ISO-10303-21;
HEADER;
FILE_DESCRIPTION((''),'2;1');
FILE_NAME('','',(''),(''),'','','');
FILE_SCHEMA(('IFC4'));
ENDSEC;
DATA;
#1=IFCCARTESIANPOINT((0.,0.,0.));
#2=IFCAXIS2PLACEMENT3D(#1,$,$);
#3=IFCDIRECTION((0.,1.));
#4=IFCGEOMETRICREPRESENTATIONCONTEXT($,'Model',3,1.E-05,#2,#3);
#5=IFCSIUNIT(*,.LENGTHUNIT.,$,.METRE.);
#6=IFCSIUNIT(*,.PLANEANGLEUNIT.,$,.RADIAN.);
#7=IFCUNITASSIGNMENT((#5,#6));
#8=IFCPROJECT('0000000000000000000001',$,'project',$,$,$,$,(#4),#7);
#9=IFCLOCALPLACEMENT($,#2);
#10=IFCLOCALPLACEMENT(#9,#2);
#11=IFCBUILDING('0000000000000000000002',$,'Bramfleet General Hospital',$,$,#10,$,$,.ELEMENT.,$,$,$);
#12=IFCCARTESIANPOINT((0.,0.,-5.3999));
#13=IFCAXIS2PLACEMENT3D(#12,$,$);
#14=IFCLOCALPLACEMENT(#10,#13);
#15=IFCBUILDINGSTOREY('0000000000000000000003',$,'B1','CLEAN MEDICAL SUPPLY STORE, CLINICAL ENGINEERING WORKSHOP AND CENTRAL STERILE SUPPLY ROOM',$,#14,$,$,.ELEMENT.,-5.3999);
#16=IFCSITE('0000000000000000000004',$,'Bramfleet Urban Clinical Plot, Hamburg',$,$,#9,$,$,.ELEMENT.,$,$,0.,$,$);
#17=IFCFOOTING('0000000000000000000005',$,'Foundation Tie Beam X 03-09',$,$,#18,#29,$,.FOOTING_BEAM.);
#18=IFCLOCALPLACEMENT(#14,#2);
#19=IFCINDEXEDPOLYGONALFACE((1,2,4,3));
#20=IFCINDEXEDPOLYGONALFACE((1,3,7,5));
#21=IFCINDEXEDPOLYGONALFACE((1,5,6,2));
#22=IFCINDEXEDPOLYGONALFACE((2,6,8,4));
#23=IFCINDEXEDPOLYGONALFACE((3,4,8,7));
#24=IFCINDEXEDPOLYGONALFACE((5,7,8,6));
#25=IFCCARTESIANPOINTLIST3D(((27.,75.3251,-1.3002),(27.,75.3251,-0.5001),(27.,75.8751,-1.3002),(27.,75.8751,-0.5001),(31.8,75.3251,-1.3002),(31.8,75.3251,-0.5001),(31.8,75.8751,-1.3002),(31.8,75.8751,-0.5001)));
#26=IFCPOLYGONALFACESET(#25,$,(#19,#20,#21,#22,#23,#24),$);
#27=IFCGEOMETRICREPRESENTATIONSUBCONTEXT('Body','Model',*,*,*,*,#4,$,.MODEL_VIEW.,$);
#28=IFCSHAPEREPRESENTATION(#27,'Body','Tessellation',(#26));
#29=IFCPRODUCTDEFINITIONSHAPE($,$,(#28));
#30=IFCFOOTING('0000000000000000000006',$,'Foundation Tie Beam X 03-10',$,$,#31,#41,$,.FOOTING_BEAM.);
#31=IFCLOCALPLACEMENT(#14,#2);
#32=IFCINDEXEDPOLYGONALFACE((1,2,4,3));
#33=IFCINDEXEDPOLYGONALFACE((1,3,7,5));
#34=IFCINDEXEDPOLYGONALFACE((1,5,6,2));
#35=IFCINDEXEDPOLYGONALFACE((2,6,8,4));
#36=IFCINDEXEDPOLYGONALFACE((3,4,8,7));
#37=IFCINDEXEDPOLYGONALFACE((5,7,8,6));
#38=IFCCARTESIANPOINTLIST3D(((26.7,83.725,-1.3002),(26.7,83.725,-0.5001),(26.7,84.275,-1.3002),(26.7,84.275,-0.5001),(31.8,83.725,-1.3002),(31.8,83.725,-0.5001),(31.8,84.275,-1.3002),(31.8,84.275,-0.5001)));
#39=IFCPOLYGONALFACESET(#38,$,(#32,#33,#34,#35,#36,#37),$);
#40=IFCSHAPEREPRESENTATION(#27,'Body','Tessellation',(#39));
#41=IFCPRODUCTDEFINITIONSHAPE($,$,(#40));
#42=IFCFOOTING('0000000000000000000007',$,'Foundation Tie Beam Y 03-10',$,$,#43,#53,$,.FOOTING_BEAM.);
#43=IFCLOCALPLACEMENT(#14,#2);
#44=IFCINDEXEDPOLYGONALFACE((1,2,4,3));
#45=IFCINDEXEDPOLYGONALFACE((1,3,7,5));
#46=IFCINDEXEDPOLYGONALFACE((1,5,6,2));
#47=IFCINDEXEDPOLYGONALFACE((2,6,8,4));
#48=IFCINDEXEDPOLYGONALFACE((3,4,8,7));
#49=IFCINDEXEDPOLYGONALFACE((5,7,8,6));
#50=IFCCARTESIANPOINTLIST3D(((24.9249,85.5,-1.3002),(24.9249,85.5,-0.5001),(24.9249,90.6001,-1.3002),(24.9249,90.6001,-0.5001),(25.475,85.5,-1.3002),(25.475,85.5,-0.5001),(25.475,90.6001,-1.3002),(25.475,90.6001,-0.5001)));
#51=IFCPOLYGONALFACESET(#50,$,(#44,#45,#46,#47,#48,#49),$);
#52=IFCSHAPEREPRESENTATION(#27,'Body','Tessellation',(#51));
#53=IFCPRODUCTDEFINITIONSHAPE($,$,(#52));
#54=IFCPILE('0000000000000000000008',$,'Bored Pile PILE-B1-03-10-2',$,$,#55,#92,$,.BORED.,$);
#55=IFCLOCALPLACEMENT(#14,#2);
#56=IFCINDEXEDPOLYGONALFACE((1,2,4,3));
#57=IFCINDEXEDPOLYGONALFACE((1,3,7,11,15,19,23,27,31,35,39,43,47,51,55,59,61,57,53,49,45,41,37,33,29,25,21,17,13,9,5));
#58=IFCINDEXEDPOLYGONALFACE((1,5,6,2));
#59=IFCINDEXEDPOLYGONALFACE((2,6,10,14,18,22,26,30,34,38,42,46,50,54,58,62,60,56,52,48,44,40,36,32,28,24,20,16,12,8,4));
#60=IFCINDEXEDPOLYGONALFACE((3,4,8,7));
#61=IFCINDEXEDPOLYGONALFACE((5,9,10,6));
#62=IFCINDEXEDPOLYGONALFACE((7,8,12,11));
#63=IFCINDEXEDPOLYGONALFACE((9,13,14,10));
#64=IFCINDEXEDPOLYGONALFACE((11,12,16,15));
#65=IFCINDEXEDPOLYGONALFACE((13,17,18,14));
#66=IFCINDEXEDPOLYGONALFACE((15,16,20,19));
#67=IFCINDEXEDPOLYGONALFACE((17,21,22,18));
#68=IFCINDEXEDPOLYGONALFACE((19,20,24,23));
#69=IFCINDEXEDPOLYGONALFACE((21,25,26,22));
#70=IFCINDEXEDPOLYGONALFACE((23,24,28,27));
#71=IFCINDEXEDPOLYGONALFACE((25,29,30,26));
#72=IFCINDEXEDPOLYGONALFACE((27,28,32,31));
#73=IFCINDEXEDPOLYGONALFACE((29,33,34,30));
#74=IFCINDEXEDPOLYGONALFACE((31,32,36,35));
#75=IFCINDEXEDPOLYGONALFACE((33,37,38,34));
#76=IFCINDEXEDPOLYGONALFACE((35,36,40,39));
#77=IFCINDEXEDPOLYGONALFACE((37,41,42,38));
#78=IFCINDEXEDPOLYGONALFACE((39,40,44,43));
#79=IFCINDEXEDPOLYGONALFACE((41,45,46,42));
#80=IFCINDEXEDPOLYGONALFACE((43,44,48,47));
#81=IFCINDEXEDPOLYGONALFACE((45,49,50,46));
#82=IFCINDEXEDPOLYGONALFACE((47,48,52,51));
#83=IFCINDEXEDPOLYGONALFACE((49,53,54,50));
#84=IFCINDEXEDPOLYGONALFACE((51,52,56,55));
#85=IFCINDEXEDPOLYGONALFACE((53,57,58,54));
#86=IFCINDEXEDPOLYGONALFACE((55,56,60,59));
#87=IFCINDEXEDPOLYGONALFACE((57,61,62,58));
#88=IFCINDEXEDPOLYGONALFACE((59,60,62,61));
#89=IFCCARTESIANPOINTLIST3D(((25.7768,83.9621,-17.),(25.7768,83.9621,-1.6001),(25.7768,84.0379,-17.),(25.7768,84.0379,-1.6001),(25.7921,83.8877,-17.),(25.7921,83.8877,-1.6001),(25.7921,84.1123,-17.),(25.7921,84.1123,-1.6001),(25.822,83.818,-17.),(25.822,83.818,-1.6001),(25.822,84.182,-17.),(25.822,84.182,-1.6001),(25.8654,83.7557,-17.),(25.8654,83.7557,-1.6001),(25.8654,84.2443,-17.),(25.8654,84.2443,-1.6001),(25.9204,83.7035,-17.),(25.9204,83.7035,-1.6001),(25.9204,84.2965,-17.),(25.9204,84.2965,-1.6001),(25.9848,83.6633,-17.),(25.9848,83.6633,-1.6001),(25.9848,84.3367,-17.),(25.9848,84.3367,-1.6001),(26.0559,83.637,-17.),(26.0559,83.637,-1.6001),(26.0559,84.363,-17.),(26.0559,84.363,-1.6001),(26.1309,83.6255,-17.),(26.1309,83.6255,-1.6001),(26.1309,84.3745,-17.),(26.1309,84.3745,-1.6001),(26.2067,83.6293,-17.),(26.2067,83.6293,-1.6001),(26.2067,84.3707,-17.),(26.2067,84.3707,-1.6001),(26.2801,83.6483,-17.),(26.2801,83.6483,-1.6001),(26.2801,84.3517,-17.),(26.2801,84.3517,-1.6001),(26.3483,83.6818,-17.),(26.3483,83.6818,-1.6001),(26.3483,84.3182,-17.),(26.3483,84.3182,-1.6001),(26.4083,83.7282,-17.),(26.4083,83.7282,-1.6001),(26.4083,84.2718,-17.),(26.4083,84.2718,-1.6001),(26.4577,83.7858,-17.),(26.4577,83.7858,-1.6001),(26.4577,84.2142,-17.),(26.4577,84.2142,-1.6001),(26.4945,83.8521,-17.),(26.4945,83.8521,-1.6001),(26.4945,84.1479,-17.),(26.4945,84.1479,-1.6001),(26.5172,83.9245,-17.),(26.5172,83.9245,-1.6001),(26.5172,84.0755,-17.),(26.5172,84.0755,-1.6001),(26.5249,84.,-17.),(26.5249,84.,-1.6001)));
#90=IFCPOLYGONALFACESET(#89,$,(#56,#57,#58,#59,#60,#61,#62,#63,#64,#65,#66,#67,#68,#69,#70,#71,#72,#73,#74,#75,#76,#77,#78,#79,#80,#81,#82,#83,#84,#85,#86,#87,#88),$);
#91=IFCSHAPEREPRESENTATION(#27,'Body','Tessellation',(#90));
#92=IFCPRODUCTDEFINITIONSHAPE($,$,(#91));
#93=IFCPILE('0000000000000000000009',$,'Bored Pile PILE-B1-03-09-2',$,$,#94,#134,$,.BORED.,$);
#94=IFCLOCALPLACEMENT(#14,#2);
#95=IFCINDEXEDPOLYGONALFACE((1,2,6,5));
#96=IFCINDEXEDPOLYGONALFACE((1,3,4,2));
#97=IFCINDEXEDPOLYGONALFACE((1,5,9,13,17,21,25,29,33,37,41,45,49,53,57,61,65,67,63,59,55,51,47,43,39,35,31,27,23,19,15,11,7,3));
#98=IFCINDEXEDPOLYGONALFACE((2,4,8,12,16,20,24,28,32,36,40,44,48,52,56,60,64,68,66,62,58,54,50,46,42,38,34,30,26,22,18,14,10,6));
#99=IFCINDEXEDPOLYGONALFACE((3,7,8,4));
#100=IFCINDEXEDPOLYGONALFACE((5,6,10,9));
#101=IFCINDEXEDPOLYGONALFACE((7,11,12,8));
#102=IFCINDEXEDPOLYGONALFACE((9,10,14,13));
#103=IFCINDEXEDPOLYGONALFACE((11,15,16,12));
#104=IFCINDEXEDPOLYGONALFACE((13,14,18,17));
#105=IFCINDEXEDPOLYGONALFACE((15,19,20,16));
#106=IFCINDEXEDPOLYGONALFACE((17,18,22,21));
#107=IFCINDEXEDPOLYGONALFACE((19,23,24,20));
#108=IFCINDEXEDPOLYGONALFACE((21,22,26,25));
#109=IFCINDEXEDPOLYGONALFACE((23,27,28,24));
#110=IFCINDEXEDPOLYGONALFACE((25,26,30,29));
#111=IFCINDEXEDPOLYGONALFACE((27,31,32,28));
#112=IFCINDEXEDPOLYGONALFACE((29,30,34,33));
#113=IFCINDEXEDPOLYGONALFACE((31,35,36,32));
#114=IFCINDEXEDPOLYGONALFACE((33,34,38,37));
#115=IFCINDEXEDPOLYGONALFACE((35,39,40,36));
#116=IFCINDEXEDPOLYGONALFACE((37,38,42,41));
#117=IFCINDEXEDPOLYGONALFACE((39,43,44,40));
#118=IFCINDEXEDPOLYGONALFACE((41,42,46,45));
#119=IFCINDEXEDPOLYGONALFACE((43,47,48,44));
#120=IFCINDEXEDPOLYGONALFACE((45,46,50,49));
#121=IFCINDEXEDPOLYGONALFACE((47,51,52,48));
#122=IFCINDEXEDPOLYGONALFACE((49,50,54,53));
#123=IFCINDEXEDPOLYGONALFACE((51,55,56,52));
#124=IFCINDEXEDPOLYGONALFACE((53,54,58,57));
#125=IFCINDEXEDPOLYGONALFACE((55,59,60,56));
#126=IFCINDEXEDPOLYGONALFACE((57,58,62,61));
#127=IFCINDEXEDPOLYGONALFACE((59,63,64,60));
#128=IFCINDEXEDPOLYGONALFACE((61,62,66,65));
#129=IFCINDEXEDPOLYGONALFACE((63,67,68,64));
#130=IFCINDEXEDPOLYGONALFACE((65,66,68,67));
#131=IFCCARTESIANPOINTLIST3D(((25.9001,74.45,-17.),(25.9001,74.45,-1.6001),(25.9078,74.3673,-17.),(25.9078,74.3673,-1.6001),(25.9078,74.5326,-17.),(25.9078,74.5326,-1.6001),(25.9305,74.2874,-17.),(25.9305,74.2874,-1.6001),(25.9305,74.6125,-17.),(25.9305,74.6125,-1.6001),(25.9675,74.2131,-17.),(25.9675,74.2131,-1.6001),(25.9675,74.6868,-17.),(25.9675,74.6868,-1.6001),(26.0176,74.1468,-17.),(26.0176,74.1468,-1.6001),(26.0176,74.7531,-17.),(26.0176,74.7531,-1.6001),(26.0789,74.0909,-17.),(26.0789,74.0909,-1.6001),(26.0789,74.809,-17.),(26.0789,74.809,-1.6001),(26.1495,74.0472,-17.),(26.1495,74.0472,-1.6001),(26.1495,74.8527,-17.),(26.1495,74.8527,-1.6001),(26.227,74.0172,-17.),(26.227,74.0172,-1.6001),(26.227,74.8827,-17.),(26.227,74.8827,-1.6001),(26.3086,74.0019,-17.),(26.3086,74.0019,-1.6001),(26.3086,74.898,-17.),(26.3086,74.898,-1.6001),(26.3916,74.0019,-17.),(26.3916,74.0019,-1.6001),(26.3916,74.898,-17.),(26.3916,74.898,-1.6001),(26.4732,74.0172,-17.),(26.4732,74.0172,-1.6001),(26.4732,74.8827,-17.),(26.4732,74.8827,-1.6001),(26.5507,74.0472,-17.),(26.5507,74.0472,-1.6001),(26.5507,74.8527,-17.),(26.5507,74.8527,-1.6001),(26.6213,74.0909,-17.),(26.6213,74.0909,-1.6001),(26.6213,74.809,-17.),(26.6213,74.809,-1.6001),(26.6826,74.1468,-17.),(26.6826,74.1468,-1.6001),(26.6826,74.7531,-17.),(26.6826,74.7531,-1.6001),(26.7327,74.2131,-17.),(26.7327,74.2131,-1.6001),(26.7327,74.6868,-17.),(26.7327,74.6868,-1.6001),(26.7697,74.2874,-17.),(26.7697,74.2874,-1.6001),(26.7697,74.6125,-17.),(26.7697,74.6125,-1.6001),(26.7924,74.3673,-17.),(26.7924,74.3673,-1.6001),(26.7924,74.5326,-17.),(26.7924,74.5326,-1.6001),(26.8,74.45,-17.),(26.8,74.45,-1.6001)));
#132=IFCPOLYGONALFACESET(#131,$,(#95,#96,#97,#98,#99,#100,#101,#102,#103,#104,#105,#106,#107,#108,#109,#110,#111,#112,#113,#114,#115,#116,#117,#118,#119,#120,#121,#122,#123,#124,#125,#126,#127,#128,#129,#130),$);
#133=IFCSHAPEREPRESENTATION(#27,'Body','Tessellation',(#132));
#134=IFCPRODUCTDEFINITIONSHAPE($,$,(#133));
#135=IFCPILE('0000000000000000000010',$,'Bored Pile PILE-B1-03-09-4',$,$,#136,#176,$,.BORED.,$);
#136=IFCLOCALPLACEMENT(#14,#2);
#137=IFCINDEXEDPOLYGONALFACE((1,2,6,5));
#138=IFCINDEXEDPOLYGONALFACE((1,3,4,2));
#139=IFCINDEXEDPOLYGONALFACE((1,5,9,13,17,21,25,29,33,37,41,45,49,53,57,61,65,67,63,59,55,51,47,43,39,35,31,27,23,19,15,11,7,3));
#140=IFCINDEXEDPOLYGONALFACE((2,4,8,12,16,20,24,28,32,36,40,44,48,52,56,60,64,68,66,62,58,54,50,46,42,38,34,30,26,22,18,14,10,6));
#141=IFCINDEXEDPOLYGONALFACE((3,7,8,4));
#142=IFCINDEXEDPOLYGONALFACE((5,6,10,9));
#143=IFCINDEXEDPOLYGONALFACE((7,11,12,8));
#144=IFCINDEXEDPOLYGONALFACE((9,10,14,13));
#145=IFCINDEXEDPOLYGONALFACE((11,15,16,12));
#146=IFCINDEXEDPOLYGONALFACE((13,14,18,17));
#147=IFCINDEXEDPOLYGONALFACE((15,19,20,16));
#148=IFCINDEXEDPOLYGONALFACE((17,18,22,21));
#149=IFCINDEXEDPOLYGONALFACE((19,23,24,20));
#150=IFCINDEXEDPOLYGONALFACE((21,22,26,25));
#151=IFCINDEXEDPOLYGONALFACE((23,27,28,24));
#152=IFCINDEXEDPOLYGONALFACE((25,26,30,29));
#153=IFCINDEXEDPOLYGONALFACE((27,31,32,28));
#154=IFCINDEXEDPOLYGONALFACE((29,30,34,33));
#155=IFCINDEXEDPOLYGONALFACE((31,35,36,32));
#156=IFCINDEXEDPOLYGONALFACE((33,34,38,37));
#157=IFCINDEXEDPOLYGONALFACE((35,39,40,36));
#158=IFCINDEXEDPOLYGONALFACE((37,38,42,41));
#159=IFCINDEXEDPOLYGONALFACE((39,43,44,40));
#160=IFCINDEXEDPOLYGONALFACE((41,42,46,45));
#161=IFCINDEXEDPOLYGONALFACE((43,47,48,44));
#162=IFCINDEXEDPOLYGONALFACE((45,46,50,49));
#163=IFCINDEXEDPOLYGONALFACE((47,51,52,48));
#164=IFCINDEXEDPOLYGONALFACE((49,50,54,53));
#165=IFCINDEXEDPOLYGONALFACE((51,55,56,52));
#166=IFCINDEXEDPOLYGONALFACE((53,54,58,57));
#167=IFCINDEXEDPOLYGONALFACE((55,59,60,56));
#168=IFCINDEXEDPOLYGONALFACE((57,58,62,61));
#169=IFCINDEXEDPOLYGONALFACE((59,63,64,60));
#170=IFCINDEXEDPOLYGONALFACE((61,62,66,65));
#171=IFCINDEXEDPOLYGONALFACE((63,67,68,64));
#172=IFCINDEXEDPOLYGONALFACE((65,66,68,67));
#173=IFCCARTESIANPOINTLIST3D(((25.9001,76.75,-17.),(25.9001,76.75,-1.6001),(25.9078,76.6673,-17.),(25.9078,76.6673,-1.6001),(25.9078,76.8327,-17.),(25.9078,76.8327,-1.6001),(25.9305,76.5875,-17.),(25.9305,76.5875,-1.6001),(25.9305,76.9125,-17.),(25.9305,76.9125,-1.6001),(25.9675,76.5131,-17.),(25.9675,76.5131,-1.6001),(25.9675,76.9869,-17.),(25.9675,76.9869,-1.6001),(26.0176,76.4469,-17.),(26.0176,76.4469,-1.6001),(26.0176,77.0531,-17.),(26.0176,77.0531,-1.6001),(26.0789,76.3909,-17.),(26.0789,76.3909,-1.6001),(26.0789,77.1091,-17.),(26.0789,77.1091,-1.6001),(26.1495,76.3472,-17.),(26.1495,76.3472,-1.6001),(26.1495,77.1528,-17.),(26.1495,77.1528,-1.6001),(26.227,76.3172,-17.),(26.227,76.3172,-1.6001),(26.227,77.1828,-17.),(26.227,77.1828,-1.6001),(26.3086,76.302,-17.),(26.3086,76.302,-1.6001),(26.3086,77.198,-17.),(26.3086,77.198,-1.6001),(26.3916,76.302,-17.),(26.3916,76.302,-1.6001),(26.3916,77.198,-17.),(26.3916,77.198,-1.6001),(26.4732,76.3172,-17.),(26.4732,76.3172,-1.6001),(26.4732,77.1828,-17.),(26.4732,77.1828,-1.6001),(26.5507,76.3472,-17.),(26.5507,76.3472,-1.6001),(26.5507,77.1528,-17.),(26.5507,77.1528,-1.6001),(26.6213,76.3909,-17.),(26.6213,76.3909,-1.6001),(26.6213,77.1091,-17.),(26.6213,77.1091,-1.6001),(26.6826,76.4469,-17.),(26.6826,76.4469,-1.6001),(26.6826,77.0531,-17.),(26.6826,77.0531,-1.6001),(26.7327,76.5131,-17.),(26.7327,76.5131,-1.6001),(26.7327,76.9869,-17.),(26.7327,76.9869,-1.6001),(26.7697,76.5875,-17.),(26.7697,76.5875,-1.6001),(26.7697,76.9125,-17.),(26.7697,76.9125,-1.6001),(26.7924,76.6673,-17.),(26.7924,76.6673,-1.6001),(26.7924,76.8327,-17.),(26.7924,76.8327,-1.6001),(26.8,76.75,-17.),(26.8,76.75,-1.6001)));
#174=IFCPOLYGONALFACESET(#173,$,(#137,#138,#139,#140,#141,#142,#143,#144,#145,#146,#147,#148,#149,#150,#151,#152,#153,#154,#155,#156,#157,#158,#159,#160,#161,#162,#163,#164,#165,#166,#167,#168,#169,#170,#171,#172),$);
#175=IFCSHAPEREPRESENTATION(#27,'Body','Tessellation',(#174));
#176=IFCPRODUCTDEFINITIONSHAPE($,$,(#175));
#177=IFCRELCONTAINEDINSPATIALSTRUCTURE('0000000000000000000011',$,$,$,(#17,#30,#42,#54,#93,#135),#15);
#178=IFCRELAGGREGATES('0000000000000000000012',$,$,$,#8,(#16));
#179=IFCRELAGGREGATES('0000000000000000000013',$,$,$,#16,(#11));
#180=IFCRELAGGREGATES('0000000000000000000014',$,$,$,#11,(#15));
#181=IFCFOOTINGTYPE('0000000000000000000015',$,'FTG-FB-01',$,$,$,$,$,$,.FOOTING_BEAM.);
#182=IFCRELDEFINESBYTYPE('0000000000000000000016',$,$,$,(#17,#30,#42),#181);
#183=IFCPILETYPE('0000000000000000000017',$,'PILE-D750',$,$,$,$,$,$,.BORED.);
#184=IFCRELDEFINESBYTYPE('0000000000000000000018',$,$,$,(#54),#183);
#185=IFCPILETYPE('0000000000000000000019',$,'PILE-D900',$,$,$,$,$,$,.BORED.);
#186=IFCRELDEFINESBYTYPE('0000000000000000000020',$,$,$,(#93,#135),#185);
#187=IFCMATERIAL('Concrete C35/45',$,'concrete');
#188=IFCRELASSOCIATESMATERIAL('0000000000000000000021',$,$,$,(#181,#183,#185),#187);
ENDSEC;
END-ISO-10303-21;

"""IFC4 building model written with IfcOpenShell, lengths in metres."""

from ifc_helpers import new_model, si_unit, direction, frame, origin, origin_2d, place, context, subcontext, project, spatial, rectangle, circle, extrude, material, material_profile, profile_set, type_object, element, save


model = new_model("IFC4")

# Units and contexts
model_context = context("Model", 3, precision=1e-05, world=origin(), true_north=direction((0.0, 1.0)))
body_context = subcontext(model_context, "Body", "Model", "MODEL_VIEW")
ifc_project = project(units=[si_unit("LENGTHUNIT", "METRE"), si_unit("PLANEANGLEUNIT", "RADIAN")], contexts=[model_context])

# Site, building, storey
site_placement = place(None, origin())
site = spatial("IfcSite", under=ifc_project, at=site_placement, Name="Bramfleet Urban Clinical Plot, Hamburg", CompositionType="ELEMENT", RefElevation=0.0)
building_placement = place(site_placement, origin())
building = spatial("IfcBuilding", under=site, at=building_placement, Name="Bramfleet General Hospital", CompositionType="ELEMENT")
storey_placement = place(building_placement, frame((0.0, 0.0, -5.3999)))
storey = spatial("IfcBuildingStorey", under=building, at=storey_placement, Name="B1", Description="CLEAN MEDICAL SUPPLY STORE, CLINICAL ENGINEERING WORKSHOP AND CENTRAL STERILE SUPPLY ROOM", CompositionType="ELEMENT", Elevation=-5.3999)

# Footings
ifc_material_1 = material(Name="Concrete C35/45", Category="concrete")
ifc_material_profile_1 = material_profile(ifc_material_1, rectangle(XDim=0.55, YDim=0.8, at=origin_2d()), Name="RC FB 800x550")
ifc_profile_set_1 = profile_set([ifc_material_profile_1], Name="Concrete C35/45")
footing_type = type_object("IfcFootingType", Name="FTG-FB-01", PredefinedType="FOOTING_BEAM", material=ifc_profile_set_1)
footing_placement = place(storey_placement, frame((27.0, 75.6001, -0.9001), z_axis=(1.0, 0.0, 0.0), x_axis=(0.0, 1.0, 0.0)))
element("IfcFooting", 1, at=footing_placement, inside=storey, type_object=footing_type, Name="Foundation Tie Beam X 03-09", PredefinedType="FOOTING_BEAM", context=body_context, shape_type="SweptSolid", body=[
    extrude(rectangle(XDim=0.55, YDim=0.8, at=origin_2d()), origin(), (0.0, 0.0, 1.0), 4.8),
])
for number, where, z_axis, x_axis, name in (
    (2, (26.7, 84.0, -0.9001), (1.0, 0.0, 0.0), (0.0, 1.0, 0.0), "Foundation Tie Beam X 03-10"),
    (3, (25.2, 85.5, -0.9001), (0.0, 1.0, 0.0), (-1.0, 0.0, 0.0), "Foundation Tie Beam Y 03-10"),
):
    element("IfcFooting", number, at=place(storey_placement, frame(where, z_axis=z_axis, x_axis=x_axis)), inside=storey, type_object=footing_type, Name=name, PredefinedType="FOOTING_BEAM", context=body_context, shape_type="SweptSolid", body=[
        extrude(rectangle(XDim=0.55, YDim=0.8, at=origin_2d()), origin(), (0.0, 0.0, 1.0), 5.1001),
    ])

# Piles
ifc_material_profile_2 = material_profile(ifc_material_1, circle(Radius=0.375, at=origin_2d()), Name="PILE BORED D750")
ifc_profile_set_2 = profile_set([ifc_material_profile_2], Name="Concrete C35/45")
pile_type_1 = type_object("IfcPileType", Name="PILE-D750", PredefinedType="BORED", material=ifc_profile_set_2)
pile_placement = place(storey_placement, frame((26.1499, 84.0, -1.6001), z_axis=(0.0, 0.0, -1.0), x_axis=(1.0, 0.0, 0.0)))
element("IfcPile", 4, at=pile_placement, inside=storey, type_object=pile_type_1, Name="Bored Pile PILE-B1-03-10-2", PredefinedType="BORED", context=body_context, shape_type="SweptSolid", body=[
    extrude(circle(Radius=0.375, at=origin_2d()), origin(), (0.0, 0.0, 1.0), 15.3999),
])
ifc_material_profile_3 = material_profile(ifc_material_1, circle(Radius=0.45, at=origin_2d()), Name="PILE BORED D900")
ifc_profile_set_3 = profile_set([ifc_material_profile_3], Name="Concrete C35/45")
pile_type_2 = type_object("IfcPileType", Name="PILE-D900", PredefinedType="BORED", material=ifc_profile_set_3)
for number, where, z_axis, x_axis, name in (
    (5, (26.3501, 74.45, -1.6001), (0.0, 0.0, -1.0), (1.0, 0.0, 0.0), "Bored Pile PILE-B1-03-09-2"),
    (6, (26.3501, 76.75, -1.6001), (0.0, 0.0, -1.0), (1.0, 0.0, 0.0), "Bored Pile PILE-B1-03-09-4"),
):
    element("IfcPile", number, at=place(storey_placement, frame(where, z_axis=z_axis, x_axis=x_axis)), inside=storey, type_object=pile_type_2, Name=name, PredefinedType="BORED", context=body_context, shape_type="SweptSolid", body=[
        extrude(circle(Radius=0.45, at=origin_2d()), origin(), (0.0, 0.0, 1.0), 15.3999),
    ])

save(model, "model.ifc")
